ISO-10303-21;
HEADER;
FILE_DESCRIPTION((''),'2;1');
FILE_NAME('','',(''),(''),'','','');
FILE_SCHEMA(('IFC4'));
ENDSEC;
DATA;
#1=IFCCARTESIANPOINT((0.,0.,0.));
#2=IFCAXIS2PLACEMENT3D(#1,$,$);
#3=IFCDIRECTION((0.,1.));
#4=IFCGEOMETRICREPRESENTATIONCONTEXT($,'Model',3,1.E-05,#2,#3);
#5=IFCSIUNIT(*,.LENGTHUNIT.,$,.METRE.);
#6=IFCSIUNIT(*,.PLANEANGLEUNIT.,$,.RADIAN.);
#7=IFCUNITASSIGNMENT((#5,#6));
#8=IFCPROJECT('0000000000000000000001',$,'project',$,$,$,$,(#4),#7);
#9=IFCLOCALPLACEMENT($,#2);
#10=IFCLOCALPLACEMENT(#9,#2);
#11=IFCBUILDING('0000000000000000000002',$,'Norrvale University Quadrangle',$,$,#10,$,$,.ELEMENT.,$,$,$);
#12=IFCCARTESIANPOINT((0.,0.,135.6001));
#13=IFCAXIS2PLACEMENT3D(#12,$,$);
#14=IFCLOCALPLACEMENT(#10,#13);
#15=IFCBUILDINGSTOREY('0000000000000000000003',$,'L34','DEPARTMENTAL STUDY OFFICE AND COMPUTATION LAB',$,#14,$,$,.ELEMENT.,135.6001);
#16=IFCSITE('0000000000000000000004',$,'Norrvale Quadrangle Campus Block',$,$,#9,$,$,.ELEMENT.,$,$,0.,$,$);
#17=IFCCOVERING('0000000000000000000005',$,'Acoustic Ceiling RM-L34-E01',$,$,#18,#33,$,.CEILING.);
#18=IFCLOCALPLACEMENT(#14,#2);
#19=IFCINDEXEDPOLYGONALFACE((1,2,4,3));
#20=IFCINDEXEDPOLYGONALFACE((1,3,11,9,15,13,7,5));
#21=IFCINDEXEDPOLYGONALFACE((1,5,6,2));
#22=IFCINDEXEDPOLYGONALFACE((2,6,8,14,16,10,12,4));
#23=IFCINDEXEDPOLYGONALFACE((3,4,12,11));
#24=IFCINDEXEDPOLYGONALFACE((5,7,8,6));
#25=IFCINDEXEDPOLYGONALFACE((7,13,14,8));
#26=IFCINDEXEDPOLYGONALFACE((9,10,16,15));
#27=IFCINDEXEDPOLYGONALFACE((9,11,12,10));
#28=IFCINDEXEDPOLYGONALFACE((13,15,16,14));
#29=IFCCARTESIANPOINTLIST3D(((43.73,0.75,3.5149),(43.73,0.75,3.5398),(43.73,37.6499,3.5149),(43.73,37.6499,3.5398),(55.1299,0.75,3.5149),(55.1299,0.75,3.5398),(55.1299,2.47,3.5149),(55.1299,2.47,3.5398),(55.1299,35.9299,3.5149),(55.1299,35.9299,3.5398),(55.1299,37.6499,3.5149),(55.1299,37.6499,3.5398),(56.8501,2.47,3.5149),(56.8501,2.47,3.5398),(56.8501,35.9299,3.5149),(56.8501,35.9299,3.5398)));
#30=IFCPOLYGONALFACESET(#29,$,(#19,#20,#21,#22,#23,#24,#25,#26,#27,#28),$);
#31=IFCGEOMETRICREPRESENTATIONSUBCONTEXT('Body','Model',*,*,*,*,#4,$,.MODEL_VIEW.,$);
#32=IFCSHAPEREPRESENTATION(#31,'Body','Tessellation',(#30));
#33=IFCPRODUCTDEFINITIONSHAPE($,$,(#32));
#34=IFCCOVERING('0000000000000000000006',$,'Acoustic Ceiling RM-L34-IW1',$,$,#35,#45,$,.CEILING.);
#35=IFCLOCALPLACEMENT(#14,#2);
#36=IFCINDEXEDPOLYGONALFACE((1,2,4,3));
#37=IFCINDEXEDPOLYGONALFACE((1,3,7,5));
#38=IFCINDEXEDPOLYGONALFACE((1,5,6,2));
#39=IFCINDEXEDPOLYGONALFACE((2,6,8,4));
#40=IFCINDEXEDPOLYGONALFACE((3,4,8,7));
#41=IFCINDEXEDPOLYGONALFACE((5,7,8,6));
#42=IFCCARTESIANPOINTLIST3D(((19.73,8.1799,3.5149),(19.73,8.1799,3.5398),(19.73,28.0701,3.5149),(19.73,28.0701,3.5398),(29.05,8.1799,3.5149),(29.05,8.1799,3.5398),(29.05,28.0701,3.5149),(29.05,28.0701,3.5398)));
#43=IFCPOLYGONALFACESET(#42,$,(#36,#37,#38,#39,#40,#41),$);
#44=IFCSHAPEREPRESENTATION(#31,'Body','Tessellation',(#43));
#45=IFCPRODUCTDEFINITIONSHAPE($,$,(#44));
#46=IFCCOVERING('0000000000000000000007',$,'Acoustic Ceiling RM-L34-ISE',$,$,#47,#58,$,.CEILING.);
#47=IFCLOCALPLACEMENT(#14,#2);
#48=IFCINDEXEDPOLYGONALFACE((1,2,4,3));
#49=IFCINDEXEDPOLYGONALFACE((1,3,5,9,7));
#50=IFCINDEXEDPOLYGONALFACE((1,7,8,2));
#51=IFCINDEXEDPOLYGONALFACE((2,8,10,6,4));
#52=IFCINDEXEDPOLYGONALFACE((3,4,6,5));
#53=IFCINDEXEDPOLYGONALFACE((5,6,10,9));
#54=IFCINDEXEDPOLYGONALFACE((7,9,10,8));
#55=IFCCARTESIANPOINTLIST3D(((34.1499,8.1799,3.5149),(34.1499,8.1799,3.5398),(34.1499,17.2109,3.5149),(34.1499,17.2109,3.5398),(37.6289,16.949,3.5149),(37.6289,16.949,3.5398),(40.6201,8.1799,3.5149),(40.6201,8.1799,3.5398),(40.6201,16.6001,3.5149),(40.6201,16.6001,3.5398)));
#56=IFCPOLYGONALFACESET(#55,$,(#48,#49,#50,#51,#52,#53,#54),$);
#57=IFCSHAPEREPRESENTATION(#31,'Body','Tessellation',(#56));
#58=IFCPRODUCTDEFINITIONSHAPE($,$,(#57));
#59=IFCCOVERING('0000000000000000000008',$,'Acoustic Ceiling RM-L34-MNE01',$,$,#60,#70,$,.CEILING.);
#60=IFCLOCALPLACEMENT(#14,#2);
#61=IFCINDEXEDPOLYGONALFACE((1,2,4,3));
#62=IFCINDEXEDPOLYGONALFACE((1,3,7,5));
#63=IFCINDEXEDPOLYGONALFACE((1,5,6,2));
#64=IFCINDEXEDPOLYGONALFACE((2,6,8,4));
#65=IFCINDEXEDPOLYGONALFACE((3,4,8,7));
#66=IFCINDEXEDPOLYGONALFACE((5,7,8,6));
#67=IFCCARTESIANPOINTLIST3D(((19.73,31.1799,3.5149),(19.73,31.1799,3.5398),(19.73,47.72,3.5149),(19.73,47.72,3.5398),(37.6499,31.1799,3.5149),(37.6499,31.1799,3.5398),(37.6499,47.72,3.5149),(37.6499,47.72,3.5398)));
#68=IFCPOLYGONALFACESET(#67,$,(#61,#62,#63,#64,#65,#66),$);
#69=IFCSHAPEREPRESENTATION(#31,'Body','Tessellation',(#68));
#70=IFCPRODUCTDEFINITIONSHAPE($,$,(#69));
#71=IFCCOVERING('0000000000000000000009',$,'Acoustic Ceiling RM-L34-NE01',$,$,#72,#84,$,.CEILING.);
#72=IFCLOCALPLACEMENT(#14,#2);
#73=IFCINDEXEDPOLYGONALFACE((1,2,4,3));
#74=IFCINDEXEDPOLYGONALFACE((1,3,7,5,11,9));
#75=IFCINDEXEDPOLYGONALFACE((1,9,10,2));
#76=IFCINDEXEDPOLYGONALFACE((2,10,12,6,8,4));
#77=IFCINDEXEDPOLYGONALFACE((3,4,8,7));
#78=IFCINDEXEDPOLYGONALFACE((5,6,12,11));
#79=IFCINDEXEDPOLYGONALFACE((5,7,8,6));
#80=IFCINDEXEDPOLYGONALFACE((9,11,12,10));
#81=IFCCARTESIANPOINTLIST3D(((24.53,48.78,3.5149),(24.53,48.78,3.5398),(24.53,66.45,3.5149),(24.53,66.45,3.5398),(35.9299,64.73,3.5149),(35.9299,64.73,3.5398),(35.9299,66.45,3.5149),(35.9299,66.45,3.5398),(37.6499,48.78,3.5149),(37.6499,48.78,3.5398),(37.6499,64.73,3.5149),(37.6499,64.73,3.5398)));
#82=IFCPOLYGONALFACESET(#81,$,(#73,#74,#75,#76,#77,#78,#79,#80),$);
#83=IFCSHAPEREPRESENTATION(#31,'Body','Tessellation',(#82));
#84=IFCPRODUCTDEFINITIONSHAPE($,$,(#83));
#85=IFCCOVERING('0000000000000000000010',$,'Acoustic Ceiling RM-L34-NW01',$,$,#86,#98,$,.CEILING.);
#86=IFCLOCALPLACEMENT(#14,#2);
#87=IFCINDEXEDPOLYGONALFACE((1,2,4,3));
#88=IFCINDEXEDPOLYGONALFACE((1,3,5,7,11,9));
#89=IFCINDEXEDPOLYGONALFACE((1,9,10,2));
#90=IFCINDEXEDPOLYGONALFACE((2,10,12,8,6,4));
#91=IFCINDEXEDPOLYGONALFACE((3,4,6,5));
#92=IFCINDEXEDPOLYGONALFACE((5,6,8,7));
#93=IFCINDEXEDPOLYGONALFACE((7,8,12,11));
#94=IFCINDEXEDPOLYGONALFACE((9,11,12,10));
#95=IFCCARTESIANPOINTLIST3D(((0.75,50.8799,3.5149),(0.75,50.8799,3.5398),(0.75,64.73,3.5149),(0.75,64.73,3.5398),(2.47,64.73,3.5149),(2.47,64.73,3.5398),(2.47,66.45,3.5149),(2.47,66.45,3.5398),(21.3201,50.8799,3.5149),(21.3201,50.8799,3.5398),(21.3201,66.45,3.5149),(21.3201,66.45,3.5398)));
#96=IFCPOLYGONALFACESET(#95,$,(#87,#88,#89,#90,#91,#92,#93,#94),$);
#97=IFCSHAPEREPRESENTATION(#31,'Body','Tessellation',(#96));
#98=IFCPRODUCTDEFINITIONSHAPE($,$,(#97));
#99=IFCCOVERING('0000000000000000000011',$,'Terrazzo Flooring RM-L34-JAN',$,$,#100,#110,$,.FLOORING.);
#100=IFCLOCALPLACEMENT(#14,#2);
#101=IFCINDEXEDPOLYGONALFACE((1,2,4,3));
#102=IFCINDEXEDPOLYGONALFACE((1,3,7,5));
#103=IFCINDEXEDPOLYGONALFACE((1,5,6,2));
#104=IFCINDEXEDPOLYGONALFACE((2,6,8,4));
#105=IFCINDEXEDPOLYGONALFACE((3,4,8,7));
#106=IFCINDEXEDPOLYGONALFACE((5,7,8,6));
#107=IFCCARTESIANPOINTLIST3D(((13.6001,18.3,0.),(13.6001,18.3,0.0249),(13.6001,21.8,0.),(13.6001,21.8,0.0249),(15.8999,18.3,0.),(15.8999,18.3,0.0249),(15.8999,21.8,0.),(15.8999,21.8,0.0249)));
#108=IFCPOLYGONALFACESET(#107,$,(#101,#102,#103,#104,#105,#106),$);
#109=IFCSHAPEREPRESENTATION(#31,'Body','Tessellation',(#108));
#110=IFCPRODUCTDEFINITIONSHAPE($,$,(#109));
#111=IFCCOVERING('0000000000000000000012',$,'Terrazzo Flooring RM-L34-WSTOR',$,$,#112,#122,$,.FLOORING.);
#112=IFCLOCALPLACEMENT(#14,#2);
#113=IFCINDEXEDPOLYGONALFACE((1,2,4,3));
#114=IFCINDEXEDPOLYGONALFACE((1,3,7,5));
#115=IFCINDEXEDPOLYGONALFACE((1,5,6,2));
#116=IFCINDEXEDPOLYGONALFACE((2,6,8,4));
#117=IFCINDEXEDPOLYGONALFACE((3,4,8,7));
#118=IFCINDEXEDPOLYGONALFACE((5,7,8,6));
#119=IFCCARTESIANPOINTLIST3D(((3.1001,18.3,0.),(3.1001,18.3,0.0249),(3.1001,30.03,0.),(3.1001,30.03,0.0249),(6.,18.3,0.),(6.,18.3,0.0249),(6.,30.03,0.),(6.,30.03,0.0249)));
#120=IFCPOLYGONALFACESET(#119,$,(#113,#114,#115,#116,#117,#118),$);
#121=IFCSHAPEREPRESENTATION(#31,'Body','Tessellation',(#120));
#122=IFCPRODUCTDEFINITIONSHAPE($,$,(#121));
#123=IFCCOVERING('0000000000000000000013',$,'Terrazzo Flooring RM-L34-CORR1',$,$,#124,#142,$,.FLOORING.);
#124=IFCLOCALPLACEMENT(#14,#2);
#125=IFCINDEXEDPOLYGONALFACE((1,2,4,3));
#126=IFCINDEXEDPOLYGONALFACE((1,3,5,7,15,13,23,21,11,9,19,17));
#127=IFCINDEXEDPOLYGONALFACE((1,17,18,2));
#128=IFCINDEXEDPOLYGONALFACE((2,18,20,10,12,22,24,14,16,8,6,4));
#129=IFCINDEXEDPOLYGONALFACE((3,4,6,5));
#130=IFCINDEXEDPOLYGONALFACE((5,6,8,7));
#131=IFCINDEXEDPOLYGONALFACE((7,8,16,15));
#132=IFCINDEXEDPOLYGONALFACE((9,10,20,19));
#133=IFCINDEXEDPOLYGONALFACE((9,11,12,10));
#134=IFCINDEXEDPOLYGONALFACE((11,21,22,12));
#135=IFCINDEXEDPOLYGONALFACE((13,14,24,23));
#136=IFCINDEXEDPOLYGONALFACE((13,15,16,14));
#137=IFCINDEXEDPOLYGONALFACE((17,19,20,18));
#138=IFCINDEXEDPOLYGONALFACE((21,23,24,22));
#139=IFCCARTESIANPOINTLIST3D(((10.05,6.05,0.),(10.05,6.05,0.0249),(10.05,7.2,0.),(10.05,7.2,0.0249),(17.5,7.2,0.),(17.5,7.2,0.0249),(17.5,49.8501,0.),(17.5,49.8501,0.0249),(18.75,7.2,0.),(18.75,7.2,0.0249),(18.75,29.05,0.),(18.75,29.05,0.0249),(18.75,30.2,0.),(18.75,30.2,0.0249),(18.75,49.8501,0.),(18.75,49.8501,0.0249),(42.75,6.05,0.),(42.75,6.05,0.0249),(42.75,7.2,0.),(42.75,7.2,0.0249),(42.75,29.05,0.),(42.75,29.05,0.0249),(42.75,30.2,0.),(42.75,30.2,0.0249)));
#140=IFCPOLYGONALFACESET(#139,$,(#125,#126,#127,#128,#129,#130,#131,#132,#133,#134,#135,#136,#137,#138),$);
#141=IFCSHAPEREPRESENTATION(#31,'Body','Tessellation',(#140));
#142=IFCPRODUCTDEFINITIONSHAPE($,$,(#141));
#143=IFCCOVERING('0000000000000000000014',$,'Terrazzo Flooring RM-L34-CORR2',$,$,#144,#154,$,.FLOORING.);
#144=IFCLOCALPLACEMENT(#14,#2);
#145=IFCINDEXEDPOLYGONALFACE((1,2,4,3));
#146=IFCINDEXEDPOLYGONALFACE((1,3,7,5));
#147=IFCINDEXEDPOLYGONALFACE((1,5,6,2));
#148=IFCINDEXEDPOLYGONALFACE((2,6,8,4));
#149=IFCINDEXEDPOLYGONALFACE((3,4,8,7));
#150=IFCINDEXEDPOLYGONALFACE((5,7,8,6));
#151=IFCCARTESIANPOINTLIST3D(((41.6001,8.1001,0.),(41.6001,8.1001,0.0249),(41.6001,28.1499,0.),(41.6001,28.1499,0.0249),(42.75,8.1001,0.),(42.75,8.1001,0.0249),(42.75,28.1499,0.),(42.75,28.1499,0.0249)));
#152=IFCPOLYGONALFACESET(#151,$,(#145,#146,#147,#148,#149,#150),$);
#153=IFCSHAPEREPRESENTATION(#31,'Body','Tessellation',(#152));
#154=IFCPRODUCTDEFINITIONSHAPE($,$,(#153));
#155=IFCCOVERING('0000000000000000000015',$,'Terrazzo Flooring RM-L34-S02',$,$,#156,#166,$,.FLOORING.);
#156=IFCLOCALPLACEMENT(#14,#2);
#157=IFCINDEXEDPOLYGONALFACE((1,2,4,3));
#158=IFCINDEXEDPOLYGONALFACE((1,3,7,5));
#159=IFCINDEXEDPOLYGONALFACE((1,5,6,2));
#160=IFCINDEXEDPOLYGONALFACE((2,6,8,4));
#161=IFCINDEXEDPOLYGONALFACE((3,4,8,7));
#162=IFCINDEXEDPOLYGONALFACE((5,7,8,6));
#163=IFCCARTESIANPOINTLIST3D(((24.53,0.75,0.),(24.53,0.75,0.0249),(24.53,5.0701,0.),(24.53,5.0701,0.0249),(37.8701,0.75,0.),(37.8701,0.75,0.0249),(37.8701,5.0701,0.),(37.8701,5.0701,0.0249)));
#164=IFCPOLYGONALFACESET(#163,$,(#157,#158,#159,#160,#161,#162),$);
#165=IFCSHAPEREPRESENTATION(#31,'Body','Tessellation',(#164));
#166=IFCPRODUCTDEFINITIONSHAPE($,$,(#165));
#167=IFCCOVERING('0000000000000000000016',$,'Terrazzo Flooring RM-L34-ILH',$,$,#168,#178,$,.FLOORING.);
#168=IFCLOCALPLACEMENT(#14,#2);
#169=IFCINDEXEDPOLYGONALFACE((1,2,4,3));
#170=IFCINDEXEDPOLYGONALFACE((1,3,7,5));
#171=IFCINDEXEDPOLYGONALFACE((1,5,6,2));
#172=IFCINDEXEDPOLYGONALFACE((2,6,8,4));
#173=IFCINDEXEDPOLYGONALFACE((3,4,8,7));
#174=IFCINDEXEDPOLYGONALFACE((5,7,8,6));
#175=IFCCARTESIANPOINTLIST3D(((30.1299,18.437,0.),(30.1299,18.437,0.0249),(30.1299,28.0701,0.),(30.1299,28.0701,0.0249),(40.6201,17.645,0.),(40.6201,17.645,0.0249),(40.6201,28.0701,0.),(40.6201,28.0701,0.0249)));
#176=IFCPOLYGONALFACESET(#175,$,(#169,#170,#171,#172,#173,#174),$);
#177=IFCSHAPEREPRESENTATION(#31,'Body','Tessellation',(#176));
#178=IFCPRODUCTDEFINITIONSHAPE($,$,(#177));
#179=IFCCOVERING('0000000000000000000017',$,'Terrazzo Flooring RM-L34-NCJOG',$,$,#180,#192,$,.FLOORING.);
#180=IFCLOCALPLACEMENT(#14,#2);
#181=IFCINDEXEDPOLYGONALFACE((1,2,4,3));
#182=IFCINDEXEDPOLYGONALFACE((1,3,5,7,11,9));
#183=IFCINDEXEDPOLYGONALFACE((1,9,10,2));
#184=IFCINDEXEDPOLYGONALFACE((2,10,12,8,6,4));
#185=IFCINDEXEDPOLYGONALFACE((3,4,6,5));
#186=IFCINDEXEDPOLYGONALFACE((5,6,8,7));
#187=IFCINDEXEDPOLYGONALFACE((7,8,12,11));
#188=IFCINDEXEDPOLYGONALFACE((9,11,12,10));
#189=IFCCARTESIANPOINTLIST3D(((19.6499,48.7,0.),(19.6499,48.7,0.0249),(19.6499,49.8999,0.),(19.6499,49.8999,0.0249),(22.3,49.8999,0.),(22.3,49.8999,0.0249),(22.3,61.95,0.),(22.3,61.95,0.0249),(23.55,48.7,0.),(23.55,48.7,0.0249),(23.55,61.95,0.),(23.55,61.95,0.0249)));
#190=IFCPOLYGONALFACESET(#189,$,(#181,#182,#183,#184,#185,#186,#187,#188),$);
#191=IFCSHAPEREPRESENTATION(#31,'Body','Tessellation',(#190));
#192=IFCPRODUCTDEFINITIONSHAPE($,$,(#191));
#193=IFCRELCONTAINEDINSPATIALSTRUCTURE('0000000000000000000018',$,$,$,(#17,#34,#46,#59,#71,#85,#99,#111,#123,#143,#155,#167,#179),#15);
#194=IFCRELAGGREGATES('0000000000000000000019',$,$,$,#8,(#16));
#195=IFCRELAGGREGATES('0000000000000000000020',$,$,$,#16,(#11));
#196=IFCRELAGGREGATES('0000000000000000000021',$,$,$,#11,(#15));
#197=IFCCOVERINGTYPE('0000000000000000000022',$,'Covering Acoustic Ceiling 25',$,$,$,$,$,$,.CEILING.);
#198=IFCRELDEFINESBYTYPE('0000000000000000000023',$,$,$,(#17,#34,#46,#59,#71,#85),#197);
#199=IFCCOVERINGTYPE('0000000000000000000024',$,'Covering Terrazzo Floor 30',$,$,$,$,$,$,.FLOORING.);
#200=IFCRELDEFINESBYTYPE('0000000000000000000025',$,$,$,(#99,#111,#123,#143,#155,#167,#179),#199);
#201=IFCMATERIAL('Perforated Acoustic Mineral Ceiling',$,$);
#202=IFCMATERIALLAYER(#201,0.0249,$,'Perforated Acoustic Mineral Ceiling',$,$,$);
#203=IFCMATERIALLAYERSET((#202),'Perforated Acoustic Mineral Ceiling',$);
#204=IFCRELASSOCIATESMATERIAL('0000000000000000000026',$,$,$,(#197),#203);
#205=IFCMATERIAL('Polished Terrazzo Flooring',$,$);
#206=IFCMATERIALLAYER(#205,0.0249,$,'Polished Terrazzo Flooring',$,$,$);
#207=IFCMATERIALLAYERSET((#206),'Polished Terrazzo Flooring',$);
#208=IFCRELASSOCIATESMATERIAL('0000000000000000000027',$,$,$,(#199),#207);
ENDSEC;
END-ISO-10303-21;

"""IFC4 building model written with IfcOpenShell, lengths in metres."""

from ifc_helpers import new_model, si_unit, direction, frame, origin, place, context, subcontext, project, spatial, polyline, outline, extrude, material, layer, layer_set, type_object, element, save


model = new_model("IFC4")

# Units and contexts
model_context = context("Model", 3, precision=1e-05, world=origin(), true_north=direction((0.0, 1.0)))
body_context = subcontext(model_context, "Body", "Model", "MODEL_VIEW")
ifc_project = project(units=[si_unit("LENGTHUNIT", "METRE"), si_unit("PLANEANGLEUNIT", "RADIAN")], contexts=[model_context])

# Site, building, storey
site_placement = place(None, origin())
site = spatial("IfcSite", under=ifc_project, at=site_placement, Name="Norrvale Quadrangle Campus Block", CompositionType="ELEMENT", RefElevation=0.0)
building_placement = place(site_placement, origin())
building = spatial("IfcBuilding", under=site, at=building_placement, Name="Norrvale University Quadrangle", CompositionType="ELEMENT")
storey_placement = place(building_placement, frame((0.0, 0.0, 135.6001)))
storey = spatial("IfcBuildingStorey", under=building, at=storey_placement, Name="L34", Description="DEPARTMENTAL STUDY OFFICE AND COMPUTATION LAB", CompositionType="ELEMENT", Elevation=135.6001)

# Coverings
ifc_material_1 = material(Name="Perforated Acoustic Mineral Ceiling")
ifc_layer_1 = layer(ifc_material_1, 0.0249, Name="Perforated Acoustic Mineral Ceiling")
ifc_layer_set_1 = layer_set([ifc_layer_1], Name="Perforated Acoustic Mineral Ceiling")
covering_type_1 = type_object("IfcCoveringType", Name="Covering Acoustic Ceiling 25", PredefinedType="CEILING", material=ifc_layer_set_1)
covering_1_placement = place(storey_placement, frame((0.0, 0.0, 3.5149)))
element("IfcCovering", 1, at=covering_1_placement, inside=storey, type_object=covering_type_1, Name="Acoustic Ceiling RM-L34-E01", PredefinedType="CEILING", context=body_context, shape_type="SweptSolid", body=[
    extrude(outline(polyline([(43.73, 0.75), (43.73, 37.6499), (55.1299, 37.6499), (55.1299, 35.9299), (56.8501, 35.9299), (56.8501, 2.47), (55.1299, 2.47), (55.1299, 0.75), (43.73, 0.75)])), origin(), (0.0, 0.0, 1.0), 0.0249),
])
covering_2_placement = place(storey_placement, frame((0.0, 0.0, 3.5149)))
element("IfcCovering", 2, at=covering_2_placement, inside=storey, type_object=covering_type_1, Name="Acoustic Ceiling RM-L34-IW1", PredefinedType="CEILING", context=body_context, shape_type="SweptSolid", body=[
    extrude(outline(polyline([(19.73, 8.1799), (19.73, 28.0701), (29.05, 28.0701), (29.05, 8.1799), (19.73, 8.1799)])), origin(), (0.0, 0.0, 1.0), 0.0249),
])
covering_3_placement = place(storey_placement, frame((0.0, 0.0, 3.5149)))
element("IfcCovering", 3, at=covering_3_placement, inside=storey, type_object=covering_type_1, Name="Acoustic Ceiling RM-L34-ISE", PredefinedType="CEILING", context=body_context, shape_type="SweptSolid", body=[
    extrude(outline(polyline([(40.6201, 16.6001), (40.6201, 8.1799), (34.1499, 8.1799), (34.1499, 17.2109), (37.6289, 16.949), (40.6201, 16.6001)])), origin(), (0.0, 0.0, 1.0), 0.0249),
])
covering_4_placement = place(storey_placement, frame((0.0, 0.0, 3.5149)))
element("IfcCovering", 4, at=covering_4_placement, inside=storey, type_object=covering_type_1, Name="Acoustic Ceiling RM-L34-MNE01", PredefinedType="CEILING", context=body_context, shape_type="SweptSolid", body=[
    extrude(outline(polyline([(19.73, 47.72), (37.6499, 47.72), (37.6499, 31.1799), (19.73, 31.1799), (19.73, 47.72)])), origin(), (0.0, 0.0, 1.0), 0.0249),
])
covering_5_placement = place(storey_placement, frame((0.0, 0.0, 3.5149)))
element("IfcCovering", 5, at=covering_5_placement, inside=storey, type_object=covering_type_1, Name="Acoustic Ceiling RM-L34-NE01", PredefinedType="CEILING", context=body_context, shape_type="SweptSolid", body=[
    extrude(outline(polyline([(37.6499, 48.78), (24.53, 48.78), (24.53, 66.45), (35.9299, 66.45), (35.9299, 64.73), (37.6499, 64.73), (37.6499, 48.78)])), origin(), (0.0, 0.0, 1.0), 0.0249),
])
covering_6_placement = place(storey_placement, frame((0.0, 0.0, 3.5149)))
element("IfcCovering", 6, at=covering_6_placement, inside=storey, type_object=covering_type_1, Name="Acoustic Ceiling RM-L34-NW01", PredefinedType="CEILING", context=body_context, shape_type="SweptSolid", body=[
    extrude(outline(polyline([(21.3201, 66.45), (21.3201, 50.8799), (0.75, 50.8799), (0.75, 64.73), (2.47, 64.73), (2.47, 66.45), (21.3201, 66.45)])), origin(), (0.0, 0.0, 1.0), 0.0249),
])
ifc_material_2 = material(Name="Polished Terrazzo Flooring")
ifc_layer_2 = layer(ifc_material_2, 0.0249, Name="Polished Terrazzo Flooring")
ifc_layer_set_2 = layer_set([ifc_layer_2], Name="Polished Terrazzo Flooring")
covering_type_2 = type_object("IfcCoveringType", Name="Covering Terrazzo Floor 30", PredefinedType="FLOORING", material=ifc_layer_set_2)
covering_7_placement = place(storey_placement, origin())
element("IfcCovering", 7, at=covering_7_placement, inside=storey, type_object=covering_type_2, Name="Terrazzo Flooring RM-L34-JAN", PredefinedType="FLOORING", context=body_context, shape_type="SweptSolid", body=[
    extrude(outline(polyline([(13.6001, 18.3), (13.6001, 21.8), (15.8999, 21.8), (15.8999, 18.3), (13.6001, 18.3)])), origin(), (0.0, 0.0, 1.0), 0.0249),
])
covering_8_placement = place(storey_placement, origin())
element("IfcCovering", 8, at=covering_8_placement, inside=storey, type_object=covering_type_2, Name="Terrazzo Flooring RM-L34-WSTOR", PredefinedType="FLOORING", context=body_context, shape_type="SweptSolid", body=[
    extrude(outline(polyline([(3.1001, 18.3), (3.1001, 30.03), (6.0, 30.03), (6.0, 18.3), (3.1001, 18.3)])), origin(), (0.0, 0.0, 1.0), 0.0249),
])
covering_9_placement = place(storey_placement, origin())
element("IfcCovering", 9, at=covering_9_placement, inside=storey, type_object=covering_type_2, Name="Terrazzo Flooring RM-L34-CORR1", PredefinedType="FLOORING", context=body_context, shape_type="SweptSolid", body=[
    extrude(outline(polyline([(10.05, 6.05), (10.05, 7.2), (17.5, 7.2), (17.5, 49.8501), (18.75, 49.8501), (18.75, 30.2), (42.75, 30.2), (42.75, 29.05), (18.75, 29.05), (18.75, 7.2), (42.75, 7.2), (42.75, 6.05), (10.05, 6.05)])), origin(), (0.0, 0.0, 1.0), 0.0249),
])
covering_10_placement = place(storey_placement, origin())
element("IfcCovering", 10, at=covering_10_placement, inside=storey, type_object=covering_type_2, Name="Terrazzo Flooring RM-L34-CORR2", PredefinedType="FLOORING", context=body_context, shape_type="SweptSolid", body=[
    extrude(outline(polyline([(41.6001, 8.1001), (41.6001, 28.1499), (42.75, 28.1499), (42.75, 8.1001), (41.6001, 8.1001)])), origin(), (0.0, 0.0, 1.0), 0.0249),
])
covering_11_placement = place(storey_placement, origin())
element("IfcCovering", 11, at=covering_11_placement, inside=storey, type_object=covering_type_2, Name="Terrazzo Flooring RM-L34-S02", PredefinedType="FLOORING", context=body_context, shape_type="SweptSolid", body=[
    extrude(outline(polyline([(24.53, 5.0701), (37.8701, 5.0701), (37.8701, 0.75), (24.53, 0.75), (24.53, 5.0701)])), origin(), (0.0, 0.0, 1.0), 0.0249),
])
covering_12_placement = place(storey_placement, origin())
element("IfcCovering", 12, at=covering_12_placement, inside=storey, type_object=covering_type_2, Name="Terrazzo Flooring RM-L34-ILH", PredefinedType="FLOORING", context=body_context, shape_type="SweptSolid", body=[
    extrude(outline(polyline([(30.1299, 18.437), (30.1299, 28.0701), (40.6201, 28.0701), (40.6201, 17.645), (30.1299, 18.437)])), origin(), (0.0, 0.0, 1.0), 0.0249),
])
covering_13_placement = place(storey_placement, origin())
element("IfcCovering", 13, at=covering_13_placement, inside=storey, type_object=covering_type_2, Name="Terrazzo Flooring RM-L34-NCJOG", PredefinedType="FLOORING", context=body_context, shape_type="SweptSolid", body=[
    extrude(outline(polyline([(19.6499, 48.7), (19.6499, 49.8999), (22.3, 49.8999), (22.3, 61.95), (23.55, 61.95), (23.55, 48.7), (19.6499, 48.7)])), origin(), (0.0, 0.0, 1.0), 0.0249),
])

save(model, "model.ifc")
